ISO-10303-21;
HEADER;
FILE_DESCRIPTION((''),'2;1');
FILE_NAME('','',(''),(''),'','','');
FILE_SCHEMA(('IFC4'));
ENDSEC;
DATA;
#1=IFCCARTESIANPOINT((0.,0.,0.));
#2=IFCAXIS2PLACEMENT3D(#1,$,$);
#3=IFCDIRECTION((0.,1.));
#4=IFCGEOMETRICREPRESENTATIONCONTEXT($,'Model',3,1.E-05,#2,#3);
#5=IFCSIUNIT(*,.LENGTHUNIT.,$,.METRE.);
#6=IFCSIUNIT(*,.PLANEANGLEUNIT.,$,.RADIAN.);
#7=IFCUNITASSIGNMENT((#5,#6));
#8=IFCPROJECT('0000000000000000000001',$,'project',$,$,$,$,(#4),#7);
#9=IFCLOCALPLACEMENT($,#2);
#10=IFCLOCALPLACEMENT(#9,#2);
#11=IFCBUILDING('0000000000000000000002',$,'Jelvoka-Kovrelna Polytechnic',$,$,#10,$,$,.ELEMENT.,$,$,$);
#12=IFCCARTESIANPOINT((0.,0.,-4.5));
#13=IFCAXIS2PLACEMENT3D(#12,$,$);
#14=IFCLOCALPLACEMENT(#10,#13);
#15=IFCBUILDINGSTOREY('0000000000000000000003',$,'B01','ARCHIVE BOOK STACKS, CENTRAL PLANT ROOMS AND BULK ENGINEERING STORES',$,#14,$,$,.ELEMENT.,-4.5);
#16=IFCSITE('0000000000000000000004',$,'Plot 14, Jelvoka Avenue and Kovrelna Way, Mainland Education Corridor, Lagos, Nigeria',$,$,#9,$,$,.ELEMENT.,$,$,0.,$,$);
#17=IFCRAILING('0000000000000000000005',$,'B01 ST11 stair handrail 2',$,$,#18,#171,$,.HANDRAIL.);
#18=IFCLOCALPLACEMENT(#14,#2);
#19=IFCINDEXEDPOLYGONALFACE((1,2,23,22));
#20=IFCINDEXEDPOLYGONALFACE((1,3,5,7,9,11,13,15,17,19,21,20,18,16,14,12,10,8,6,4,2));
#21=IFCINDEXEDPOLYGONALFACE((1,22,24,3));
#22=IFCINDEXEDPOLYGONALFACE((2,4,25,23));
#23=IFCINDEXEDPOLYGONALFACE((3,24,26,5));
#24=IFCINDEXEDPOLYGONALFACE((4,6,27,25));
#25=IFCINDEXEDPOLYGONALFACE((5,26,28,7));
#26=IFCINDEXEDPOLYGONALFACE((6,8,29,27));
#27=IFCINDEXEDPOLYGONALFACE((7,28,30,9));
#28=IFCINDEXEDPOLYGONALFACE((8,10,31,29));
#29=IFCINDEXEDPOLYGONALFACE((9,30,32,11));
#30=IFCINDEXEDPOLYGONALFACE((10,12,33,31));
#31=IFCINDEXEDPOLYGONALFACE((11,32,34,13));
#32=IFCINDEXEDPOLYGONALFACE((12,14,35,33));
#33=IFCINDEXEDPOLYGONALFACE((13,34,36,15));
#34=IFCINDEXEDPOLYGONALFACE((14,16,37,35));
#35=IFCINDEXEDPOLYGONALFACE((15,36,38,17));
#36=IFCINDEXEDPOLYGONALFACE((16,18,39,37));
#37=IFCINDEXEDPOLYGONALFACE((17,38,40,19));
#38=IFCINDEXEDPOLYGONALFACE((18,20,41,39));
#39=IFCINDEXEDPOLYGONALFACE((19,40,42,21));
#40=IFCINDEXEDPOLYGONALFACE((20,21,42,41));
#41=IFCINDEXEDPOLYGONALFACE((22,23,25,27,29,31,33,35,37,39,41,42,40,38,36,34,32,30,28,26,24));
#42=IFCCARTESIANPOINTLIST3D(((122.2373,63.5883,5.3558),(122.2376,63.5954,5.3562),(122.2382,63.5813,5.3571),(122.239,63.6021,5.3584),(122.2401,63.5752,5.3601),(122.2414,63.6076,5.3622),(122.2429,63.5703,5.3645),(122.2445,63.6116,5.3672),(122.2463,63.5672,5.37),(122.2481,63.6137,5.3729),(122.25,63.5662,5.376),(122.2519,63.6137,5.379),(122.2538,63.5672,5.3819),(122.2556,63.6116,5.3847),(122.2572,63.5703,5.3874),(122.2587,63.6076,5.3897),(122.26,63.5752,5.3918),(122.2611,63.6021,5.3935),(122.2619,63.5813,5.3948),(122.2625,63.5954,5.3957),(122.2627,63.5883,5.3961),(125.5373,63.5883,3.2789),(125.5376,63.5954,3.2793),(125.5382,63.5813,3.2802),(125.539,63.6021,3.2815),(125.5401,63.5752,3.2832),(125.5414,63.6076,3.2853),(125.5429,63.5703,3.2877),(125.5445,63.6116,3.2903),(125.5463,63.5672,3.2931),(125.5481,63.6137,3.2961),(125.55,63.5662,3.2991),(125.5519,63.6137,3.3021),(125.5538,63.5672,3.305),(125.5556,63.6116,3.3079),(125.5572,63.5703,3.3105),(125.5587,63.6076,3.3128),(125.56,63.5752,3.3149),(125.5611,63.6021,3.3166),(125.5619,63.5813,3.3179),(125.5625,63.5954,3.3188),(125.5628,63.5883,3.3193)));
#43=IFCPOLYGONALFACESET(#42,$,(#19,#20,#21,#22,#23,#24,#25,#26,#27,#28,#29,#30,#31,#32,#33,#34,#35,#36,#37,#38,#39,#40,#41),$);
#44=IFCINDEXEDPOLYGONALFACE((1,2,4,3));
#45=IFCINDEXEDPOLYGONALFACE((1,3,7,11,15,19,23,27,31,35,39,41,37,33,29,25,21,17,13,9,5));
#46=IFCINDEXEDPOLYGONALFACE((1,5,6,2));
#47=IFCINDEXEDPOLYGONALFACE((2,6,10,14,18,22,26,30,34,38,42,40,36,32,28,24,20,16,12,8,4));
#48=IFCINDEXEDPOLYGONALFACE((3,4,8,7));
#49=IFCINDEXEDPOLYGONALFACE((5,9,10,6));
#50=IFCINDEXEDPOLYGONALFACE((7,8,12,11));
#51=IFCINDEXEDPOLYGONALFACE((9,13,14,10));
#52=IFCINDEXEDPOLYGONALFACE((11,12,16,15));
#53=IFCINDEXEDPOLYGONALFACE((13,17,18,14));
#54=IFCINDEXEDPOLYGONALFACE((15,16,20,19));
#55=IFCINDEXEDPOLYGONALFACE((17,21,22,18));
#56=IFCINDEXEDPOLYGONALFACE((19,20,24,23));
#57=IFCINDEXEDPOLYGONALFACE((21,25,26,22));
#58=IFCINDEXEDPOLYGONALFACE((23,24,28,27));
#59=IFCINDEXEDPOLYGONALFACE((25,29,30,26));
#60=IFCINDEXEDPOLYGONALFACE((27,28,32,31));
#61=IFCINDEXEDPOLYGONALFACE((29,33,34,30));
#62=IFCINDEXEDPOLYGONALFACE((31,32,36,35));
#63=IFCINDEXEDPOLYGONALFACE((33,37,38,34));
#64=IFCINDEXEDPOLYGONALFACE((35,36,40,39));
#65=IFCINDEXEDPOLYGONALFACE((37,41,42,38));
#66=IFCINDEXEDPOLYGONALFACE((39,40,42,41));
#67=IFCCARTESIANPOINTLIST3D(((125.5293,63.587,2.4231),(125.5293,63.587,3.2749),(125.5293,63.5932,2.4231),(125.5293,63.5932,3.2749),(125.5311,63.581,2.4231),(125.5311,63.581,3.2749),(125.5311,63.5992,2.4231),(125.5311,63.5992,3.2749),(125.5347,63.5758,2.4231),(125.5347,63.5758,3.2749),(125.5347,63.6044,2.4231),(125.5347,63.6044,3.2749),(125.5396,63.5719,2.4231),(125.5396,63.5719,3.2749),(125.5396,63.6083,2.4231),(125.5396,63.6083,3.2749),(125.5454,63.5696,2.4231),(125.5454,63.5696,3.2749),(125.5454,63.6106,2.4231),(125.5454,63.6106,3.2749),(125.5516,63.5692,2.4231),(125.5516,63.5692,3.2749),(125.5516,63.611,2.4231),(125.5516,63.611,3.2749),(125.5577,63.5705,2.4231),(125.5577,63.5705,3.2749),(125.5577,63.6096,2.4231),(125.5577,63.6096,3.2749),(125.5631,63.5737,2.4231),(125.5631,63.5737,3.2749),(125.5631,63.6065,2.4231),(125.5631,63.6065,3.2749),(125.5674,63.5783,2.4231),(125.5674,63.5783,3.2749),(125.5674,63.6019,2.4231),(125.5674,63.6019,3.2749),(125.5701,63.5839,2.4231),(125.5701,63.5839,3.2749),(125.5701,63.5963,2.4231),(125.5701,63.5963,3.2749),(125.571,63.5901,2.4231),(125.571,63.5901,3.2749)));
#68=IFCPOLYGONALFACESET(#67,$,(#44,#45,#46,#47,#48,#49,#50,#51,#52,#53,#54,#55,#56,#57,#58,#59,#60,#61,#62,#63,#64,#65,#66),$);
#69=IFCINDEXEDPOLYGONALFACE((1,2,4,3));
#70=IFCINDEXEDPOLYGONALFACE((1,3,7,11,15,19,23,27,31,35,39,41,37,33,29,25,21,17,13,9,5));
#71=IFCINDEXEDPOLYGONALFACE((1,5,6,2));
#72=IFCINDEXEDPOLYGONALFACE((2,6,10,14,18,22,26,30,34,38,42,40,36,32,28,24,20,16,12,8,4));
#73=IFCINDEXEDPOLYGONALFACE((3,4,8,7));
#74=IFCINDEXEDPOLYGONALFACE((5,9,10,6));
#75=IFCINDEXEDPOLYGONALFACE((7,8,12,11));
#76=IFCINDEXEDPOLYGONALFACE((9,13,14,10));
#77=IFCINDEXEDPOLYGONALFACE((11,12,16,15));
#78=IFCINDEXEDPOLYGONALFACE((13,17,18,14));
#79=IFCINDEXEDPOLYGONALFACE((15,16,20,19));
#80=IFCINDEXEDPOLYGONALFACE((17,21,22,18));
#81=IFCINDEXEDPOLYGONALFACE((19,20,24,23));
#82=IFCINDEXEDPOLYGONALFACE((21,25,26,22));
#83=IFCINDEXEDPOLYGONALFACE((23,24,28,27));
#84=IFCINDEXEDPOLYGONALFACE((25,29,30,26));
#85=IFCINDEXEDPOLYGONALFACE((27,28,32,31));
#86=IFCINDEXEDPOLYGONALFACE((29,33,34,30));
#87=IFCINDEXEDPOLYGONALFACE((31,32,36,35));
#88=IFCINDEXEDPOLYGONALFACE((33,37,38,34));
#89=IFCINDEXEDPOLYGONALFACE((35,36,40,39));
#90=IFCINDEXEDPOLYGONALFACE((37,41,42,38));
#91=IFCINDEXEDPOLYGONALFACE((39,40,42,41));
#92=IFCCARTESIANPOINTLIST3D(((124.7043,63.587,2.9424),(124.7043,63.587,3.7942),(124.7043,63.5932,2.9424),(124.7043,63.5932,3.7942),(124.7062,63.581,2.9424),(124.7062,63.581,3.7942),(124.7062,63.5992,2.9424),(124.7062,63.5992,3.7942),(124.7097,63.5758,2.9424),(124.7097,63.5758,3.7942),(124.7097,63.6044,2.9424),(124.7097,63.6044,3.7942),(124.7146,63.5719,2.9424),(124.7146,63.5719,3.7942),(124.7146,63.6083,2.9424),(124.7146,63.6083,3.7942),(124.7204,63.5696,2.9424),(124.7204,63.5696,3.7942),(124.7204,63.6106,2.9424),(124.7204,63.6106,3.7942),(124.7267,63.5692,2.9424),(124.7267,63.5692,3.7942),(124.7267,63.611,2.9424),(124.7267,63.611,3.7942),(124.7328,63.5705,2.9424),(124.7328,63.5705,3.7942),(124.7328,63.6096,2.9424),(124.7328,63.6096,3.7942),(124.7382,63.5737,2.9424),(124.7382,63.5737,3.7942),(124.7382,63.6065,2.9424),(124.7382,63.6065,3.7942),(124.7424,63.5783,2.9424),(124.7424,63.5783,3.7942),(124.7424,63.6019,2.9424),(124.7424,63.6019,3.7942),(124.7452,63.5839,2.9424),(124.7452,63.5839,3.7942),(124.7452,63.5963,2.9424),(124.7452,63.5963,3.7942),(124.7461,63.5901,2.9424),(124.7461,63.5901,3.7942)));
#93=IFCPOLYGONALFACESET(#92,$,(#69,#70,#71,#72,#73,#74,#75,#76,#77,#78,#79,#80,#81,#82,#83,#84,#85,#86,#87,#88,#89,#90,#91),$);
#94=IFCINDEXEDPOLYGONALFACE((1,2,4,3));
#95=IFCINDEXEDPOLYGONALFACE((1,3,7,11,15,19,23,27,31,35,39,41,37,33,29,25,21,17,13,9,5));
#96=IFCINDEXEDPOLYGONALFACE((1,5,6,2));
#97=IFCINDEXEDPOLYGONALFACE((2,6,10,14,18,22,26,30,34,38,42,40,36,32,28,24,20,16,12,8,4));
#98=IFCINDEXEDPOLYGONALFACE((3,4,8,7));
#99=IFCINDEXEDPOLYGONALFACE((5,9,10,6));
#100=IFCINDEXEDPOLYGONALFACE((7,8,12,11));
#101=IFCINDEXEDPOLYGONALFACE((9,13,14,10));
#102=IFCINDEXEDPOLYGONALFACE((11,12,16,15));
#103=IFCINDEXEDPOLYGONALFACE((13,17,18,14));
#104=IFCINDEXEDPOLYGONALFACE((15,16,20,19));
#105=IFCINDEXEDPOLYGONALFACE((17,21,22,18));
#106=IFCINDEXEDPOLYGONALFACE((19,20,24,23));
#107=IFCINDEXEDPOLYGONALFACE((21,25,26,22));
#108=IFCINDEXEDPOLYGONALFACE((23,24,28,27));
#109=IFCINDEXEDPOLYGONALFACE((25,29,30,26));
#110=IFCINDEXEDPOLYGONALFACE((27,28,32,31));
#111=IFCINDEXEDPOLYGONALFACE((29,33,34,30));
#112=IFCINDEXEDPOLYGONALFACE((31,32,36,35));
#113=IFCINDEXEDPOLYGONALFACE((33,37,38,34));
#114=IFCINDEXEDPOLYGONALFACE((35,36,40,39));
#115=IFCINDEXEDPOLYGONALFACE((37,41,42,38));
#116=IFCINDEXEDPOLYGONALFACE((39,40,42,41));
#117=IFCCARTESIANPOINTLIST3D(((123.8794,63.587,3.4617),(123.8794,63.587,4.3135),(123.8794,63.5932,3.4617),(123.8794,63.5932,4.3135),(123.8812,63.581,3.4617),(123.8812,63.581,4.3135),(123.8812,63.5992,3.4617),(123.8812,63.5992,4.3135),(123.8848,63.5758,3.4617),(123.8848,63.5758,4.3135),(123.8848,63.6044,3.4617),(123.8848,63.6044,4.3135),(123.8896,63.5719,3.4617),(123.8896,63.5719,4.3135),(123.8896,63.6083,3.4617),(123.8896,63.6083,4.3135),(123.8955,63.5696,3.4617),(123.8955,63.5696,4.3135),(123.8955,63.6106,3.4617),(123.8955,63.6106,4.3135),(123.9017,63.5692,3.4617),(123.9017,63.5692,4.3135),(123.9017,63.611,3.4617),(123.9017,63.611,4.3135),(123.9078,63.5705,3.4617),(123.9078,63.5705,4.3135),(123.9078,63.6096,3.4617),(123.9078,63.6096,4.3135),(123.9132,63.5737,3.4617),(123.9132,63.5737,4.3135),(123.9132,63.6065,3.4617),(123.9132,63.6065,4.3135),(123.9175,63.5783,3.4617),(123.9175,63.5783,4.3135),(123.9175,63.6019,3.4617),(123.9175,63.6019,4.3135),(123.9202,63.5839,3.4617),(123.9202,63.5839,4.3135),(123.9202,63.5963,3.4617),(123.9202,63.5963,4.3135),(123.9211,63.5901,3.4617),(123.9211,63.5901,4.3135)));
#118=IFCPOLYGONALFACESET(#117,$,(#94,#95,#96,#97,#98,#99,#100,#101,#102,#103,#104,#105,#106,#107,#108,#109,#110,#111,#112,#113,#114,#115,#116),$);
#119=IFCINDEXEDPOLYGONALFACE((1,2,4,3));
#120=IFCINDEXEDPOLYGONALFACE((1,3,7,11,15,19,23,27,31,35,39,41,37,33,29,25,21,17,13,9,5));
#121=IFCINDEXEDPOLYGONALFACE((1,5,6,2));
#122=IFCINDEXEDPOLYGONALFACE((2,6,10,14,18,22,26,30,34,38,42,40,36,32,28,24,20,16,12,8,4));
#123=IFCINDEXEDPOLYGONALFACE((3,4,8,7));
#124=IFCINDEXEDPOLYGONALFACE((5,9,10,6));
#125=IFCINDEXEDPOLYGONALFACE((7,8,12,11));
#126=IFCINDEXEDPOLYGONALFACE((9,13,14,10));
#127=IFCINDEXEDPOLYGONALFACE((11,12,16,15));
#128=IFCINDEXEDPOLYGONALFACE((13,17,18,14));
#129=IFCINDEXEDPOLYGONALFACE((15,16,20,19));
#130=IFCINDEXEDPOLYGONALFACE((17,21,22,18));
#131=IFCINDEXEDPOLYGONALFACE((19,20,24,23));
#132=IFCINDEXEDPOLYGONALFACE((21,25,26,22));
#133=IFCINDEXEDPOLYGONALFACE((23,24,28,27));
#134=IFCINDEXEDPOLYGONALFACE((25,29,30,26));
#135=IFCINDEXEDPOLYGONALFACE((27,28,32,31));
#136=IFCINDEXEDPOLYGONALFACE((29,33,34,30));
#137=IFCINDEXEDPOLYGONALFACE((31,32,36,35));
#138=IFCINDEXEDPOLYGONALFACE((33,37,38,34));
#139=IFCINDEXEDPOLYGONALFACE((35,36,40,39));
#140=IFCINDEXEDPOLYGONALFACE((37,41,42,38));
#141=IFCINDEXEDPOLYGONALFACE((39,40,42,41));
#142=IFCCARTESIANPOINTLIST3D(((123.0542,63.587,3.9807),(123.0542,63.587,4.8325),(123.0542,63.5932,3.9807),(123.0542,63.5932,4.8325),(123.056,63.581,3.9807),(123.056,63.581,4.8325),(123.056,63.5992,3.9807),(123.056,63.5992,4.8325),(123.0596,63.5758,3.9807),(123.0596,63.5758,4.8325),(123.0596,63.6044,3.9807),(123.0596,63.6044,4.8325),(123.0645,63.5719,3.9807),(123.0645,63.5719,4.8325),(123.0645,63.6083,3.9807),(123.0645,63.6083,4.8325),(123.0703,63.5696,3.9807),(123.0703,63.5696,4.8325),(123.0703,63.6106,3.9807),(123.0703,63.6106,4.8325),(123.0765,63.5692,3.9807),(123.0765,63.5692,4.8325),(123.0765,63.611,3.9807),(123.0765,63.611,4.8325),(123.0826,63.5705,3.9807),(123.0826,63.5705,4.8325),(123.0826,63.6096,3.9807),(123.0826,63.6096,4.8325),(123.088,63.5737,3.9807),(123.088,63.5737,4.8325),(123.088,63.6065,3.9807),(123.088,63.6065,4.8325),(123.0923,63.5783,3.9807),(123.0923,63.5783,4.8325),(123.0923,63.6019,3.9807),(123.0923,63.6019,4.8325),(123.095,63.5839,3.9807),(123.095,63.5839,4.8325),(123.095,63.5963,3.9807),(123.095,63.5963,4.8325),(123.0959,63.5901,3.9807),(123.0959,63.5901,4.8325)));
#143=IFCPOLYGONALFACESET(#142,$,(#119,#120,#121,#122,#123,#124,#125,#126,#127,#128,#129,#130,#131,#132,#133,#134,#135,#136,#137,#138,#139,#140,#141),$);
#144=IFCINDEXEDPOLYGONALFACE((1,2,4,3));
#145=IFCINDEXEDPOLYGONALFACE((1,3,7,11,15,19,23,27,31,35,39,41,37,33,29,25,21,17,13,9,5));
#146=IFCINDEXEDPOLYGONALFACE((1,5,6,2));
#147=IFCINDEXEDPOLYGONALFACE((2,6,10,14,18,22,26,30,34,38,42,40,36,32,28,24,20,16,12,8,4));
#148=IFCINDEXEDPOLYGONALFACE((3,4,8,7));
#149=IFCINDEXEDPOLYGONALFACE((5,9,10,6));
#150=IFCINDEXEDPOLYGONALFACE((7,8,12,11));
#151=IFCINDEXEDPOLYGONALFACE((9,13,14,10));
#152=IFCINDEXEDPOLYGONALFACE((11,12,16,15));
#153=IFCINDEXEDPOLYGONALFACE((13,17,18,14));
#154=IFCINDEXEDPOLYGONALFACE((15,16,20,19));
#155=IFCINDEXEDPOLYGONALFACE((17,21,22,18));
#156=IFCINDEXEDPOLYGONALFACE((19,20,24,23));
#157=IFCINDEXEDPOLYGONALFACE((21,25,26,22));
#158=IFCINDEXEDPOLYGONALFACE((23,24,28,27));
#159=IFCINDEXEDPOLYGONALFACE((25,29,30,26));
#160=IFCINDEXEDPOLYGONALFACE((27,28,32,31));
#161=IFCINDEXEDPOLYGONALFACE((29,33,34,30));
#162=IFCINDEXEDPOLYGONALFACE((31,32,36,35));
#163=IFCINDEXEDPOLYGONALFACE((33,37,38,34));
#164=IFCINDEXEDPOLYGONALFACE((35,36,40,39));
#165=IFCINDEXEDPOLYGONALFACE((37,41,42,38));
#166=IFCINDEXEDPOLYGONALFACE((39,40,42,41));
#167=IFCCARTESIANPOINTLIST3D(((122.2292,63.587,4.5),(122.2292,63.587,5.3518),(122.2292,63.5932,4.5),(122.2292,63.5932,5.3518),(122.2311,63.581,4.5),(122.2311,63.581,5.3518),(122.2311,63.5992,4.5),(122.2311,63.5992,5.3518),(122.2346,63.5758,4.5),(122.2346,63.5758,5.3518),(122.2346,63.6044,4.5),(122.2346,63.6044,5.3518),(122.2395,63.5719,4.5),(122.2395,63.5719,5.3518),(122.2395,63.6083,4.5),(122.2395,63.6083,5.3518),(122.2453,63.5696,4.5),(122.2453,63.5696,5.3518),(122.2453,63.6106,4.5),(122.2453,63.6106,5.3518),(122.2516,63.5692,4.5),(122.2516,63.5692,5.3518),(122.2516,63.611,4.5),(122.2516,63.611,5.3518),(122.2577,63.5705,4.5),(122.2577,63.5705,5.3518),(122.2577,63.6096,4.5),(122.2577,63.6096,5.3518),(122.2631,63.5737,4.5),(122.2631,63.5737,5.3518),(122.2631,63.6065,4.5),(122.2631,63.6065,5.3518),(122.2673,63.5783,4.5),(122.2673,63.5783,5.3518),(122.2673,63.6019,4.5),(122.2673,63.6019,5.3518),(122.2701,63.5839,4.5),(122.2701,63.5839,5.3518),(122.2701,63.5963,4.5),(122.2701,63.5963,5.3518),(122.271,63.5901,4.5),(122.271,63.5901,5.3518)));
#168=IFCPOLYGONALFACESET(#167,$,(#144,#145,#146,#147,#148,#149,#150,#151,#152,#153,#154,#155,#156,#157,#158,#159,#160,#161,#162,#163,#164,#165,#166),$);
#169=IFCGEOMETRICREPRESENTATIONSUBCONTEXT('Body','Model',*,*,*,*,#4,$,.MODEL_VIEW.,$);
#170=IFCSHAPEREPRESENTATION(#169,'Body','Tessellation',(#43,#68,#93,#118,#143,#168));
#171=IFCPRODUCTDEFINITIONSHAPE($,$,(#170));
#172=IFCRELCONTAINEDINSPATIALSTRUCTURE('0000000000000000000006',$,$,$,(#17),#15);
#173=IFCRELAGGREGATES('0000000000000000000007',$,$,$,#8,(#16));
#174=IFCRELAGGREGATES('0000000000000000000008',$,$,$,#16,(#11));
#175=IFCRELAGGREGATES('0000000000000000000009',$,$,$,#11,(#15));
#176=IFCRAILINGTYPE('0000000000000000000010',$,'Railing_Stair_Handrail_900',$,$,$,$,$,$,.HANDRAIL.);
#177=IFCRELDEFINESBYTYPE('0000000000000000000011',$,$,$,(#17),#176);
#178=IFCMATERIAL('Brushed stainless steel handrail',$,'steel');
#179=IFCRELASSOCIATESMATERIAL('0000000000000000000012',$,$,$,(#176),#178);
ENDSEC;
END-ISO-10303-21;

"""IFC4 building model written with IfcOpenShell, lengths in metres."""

from ifc_helpers import new_model, si_unit, direction, frame, origin, origin_2d, place, context, subcontext, project, spatial, circle, extrude, material, type_object, element, save


model = new_model("IFC4")

# Units and contexts
model_context = context("Model", 3, precision=1e-05, world=origin(), true_north=direction((0.0, 1.0)))
body_context = subcontext(model_context, "Body", "Model", "MODEL_VIEW")
ifc_project = project(units=[si_unit("LENGTHUNIT", "METRE"), si_unit("PLANEANGLEUNIT", "RADIAN")], contexts=[model_context])

# Site, building, storey
site_placement = place(None, origin())
site = spatial("IfcSite", under=ifc_project, at=site_placement, Name="Plot 14, Jelvoka Avenue and Kovrelna Way, Mainland Education Corridor, Lagos, Nigeria", CompositionType="ELEMENT", RefElevation=0.0)
building_placement = place(site_placement, origin())
building = spatial("IfcBuilding", under=site, at=building_placement, Name="Jelvoka-Kovrelna Polytechnic", CompositionType="ELEMENT")
storey_placement = place(building_placement, frame((0.0, 0.0, -4.5)))
storey = spatial("IfcBuildingStorey", under=building, at=storey_placement, Name="B01", Description="ARCHIVE BOOK STACKS, CENTRAL PLANT ROOMS AND BULK ENGINEERING STORES", CompositionType="ELEMENT", Elevation=-4.5)

# Railing
ifc_material_1 = material(Name="Brushed stainless steel handrail", Category="steel")
railing_type_1 = type_object("IfcRailingType", Name="Railing_Stair_Handrail_900", PredefinedType="HANDRAIL", material=ifc_material_1)
railing_1_placement = place(storey_placement, frame((125.55, 63.5901, 2.4231)))
element("IfcRailing", 1, at=railing_1_placement, inside=storey, type_object=railing_type_1, Name="B01 ST11 stair handrail 2", PredefinedType="HANDRAIL", context=body_context, shape_type="SweptSolid", body=[
    extrude(circle(Radius=0.0239, at=origin_2d()), frame((0.0, 0.0, 0.876), z_axis=(-0.846337, 0.0, 0.532647), x_axis=(0.0, -1.0, 0.0)), (0.0, 0.0, 1.0), 3.8992),
    extrude(circle(Radius=0.021, at=origin_2d()), origin(), (0.0, 0.0, 1.0), 0.8518),
    extrude(circle(Radius=0.021, at=origin_2d()), frame((-0.825, 0.0, 0.5193)), (0.0, 0.0, 1.0), 0.8518),
    extrude(circle(Radius=0.021, at=origin_2d()), frame((-1.6499, 0.0, 1.0386)), (0.0, 0.0, 1.0), 0.8518),
    extrude(circle(Radius=0.021, at=origin_2d()), frame((-2.4751, 0.0, 1.5576)), (0.0, 0.0, 1.0), 0.8518),
    extrude(circle(Radius=0.021, at=origin_2d()), frame((-3.3, 0.0, 2.0769)), (0.0, 0.0, 1.0), 0.8518),
])

save(model, "model.ifc")
